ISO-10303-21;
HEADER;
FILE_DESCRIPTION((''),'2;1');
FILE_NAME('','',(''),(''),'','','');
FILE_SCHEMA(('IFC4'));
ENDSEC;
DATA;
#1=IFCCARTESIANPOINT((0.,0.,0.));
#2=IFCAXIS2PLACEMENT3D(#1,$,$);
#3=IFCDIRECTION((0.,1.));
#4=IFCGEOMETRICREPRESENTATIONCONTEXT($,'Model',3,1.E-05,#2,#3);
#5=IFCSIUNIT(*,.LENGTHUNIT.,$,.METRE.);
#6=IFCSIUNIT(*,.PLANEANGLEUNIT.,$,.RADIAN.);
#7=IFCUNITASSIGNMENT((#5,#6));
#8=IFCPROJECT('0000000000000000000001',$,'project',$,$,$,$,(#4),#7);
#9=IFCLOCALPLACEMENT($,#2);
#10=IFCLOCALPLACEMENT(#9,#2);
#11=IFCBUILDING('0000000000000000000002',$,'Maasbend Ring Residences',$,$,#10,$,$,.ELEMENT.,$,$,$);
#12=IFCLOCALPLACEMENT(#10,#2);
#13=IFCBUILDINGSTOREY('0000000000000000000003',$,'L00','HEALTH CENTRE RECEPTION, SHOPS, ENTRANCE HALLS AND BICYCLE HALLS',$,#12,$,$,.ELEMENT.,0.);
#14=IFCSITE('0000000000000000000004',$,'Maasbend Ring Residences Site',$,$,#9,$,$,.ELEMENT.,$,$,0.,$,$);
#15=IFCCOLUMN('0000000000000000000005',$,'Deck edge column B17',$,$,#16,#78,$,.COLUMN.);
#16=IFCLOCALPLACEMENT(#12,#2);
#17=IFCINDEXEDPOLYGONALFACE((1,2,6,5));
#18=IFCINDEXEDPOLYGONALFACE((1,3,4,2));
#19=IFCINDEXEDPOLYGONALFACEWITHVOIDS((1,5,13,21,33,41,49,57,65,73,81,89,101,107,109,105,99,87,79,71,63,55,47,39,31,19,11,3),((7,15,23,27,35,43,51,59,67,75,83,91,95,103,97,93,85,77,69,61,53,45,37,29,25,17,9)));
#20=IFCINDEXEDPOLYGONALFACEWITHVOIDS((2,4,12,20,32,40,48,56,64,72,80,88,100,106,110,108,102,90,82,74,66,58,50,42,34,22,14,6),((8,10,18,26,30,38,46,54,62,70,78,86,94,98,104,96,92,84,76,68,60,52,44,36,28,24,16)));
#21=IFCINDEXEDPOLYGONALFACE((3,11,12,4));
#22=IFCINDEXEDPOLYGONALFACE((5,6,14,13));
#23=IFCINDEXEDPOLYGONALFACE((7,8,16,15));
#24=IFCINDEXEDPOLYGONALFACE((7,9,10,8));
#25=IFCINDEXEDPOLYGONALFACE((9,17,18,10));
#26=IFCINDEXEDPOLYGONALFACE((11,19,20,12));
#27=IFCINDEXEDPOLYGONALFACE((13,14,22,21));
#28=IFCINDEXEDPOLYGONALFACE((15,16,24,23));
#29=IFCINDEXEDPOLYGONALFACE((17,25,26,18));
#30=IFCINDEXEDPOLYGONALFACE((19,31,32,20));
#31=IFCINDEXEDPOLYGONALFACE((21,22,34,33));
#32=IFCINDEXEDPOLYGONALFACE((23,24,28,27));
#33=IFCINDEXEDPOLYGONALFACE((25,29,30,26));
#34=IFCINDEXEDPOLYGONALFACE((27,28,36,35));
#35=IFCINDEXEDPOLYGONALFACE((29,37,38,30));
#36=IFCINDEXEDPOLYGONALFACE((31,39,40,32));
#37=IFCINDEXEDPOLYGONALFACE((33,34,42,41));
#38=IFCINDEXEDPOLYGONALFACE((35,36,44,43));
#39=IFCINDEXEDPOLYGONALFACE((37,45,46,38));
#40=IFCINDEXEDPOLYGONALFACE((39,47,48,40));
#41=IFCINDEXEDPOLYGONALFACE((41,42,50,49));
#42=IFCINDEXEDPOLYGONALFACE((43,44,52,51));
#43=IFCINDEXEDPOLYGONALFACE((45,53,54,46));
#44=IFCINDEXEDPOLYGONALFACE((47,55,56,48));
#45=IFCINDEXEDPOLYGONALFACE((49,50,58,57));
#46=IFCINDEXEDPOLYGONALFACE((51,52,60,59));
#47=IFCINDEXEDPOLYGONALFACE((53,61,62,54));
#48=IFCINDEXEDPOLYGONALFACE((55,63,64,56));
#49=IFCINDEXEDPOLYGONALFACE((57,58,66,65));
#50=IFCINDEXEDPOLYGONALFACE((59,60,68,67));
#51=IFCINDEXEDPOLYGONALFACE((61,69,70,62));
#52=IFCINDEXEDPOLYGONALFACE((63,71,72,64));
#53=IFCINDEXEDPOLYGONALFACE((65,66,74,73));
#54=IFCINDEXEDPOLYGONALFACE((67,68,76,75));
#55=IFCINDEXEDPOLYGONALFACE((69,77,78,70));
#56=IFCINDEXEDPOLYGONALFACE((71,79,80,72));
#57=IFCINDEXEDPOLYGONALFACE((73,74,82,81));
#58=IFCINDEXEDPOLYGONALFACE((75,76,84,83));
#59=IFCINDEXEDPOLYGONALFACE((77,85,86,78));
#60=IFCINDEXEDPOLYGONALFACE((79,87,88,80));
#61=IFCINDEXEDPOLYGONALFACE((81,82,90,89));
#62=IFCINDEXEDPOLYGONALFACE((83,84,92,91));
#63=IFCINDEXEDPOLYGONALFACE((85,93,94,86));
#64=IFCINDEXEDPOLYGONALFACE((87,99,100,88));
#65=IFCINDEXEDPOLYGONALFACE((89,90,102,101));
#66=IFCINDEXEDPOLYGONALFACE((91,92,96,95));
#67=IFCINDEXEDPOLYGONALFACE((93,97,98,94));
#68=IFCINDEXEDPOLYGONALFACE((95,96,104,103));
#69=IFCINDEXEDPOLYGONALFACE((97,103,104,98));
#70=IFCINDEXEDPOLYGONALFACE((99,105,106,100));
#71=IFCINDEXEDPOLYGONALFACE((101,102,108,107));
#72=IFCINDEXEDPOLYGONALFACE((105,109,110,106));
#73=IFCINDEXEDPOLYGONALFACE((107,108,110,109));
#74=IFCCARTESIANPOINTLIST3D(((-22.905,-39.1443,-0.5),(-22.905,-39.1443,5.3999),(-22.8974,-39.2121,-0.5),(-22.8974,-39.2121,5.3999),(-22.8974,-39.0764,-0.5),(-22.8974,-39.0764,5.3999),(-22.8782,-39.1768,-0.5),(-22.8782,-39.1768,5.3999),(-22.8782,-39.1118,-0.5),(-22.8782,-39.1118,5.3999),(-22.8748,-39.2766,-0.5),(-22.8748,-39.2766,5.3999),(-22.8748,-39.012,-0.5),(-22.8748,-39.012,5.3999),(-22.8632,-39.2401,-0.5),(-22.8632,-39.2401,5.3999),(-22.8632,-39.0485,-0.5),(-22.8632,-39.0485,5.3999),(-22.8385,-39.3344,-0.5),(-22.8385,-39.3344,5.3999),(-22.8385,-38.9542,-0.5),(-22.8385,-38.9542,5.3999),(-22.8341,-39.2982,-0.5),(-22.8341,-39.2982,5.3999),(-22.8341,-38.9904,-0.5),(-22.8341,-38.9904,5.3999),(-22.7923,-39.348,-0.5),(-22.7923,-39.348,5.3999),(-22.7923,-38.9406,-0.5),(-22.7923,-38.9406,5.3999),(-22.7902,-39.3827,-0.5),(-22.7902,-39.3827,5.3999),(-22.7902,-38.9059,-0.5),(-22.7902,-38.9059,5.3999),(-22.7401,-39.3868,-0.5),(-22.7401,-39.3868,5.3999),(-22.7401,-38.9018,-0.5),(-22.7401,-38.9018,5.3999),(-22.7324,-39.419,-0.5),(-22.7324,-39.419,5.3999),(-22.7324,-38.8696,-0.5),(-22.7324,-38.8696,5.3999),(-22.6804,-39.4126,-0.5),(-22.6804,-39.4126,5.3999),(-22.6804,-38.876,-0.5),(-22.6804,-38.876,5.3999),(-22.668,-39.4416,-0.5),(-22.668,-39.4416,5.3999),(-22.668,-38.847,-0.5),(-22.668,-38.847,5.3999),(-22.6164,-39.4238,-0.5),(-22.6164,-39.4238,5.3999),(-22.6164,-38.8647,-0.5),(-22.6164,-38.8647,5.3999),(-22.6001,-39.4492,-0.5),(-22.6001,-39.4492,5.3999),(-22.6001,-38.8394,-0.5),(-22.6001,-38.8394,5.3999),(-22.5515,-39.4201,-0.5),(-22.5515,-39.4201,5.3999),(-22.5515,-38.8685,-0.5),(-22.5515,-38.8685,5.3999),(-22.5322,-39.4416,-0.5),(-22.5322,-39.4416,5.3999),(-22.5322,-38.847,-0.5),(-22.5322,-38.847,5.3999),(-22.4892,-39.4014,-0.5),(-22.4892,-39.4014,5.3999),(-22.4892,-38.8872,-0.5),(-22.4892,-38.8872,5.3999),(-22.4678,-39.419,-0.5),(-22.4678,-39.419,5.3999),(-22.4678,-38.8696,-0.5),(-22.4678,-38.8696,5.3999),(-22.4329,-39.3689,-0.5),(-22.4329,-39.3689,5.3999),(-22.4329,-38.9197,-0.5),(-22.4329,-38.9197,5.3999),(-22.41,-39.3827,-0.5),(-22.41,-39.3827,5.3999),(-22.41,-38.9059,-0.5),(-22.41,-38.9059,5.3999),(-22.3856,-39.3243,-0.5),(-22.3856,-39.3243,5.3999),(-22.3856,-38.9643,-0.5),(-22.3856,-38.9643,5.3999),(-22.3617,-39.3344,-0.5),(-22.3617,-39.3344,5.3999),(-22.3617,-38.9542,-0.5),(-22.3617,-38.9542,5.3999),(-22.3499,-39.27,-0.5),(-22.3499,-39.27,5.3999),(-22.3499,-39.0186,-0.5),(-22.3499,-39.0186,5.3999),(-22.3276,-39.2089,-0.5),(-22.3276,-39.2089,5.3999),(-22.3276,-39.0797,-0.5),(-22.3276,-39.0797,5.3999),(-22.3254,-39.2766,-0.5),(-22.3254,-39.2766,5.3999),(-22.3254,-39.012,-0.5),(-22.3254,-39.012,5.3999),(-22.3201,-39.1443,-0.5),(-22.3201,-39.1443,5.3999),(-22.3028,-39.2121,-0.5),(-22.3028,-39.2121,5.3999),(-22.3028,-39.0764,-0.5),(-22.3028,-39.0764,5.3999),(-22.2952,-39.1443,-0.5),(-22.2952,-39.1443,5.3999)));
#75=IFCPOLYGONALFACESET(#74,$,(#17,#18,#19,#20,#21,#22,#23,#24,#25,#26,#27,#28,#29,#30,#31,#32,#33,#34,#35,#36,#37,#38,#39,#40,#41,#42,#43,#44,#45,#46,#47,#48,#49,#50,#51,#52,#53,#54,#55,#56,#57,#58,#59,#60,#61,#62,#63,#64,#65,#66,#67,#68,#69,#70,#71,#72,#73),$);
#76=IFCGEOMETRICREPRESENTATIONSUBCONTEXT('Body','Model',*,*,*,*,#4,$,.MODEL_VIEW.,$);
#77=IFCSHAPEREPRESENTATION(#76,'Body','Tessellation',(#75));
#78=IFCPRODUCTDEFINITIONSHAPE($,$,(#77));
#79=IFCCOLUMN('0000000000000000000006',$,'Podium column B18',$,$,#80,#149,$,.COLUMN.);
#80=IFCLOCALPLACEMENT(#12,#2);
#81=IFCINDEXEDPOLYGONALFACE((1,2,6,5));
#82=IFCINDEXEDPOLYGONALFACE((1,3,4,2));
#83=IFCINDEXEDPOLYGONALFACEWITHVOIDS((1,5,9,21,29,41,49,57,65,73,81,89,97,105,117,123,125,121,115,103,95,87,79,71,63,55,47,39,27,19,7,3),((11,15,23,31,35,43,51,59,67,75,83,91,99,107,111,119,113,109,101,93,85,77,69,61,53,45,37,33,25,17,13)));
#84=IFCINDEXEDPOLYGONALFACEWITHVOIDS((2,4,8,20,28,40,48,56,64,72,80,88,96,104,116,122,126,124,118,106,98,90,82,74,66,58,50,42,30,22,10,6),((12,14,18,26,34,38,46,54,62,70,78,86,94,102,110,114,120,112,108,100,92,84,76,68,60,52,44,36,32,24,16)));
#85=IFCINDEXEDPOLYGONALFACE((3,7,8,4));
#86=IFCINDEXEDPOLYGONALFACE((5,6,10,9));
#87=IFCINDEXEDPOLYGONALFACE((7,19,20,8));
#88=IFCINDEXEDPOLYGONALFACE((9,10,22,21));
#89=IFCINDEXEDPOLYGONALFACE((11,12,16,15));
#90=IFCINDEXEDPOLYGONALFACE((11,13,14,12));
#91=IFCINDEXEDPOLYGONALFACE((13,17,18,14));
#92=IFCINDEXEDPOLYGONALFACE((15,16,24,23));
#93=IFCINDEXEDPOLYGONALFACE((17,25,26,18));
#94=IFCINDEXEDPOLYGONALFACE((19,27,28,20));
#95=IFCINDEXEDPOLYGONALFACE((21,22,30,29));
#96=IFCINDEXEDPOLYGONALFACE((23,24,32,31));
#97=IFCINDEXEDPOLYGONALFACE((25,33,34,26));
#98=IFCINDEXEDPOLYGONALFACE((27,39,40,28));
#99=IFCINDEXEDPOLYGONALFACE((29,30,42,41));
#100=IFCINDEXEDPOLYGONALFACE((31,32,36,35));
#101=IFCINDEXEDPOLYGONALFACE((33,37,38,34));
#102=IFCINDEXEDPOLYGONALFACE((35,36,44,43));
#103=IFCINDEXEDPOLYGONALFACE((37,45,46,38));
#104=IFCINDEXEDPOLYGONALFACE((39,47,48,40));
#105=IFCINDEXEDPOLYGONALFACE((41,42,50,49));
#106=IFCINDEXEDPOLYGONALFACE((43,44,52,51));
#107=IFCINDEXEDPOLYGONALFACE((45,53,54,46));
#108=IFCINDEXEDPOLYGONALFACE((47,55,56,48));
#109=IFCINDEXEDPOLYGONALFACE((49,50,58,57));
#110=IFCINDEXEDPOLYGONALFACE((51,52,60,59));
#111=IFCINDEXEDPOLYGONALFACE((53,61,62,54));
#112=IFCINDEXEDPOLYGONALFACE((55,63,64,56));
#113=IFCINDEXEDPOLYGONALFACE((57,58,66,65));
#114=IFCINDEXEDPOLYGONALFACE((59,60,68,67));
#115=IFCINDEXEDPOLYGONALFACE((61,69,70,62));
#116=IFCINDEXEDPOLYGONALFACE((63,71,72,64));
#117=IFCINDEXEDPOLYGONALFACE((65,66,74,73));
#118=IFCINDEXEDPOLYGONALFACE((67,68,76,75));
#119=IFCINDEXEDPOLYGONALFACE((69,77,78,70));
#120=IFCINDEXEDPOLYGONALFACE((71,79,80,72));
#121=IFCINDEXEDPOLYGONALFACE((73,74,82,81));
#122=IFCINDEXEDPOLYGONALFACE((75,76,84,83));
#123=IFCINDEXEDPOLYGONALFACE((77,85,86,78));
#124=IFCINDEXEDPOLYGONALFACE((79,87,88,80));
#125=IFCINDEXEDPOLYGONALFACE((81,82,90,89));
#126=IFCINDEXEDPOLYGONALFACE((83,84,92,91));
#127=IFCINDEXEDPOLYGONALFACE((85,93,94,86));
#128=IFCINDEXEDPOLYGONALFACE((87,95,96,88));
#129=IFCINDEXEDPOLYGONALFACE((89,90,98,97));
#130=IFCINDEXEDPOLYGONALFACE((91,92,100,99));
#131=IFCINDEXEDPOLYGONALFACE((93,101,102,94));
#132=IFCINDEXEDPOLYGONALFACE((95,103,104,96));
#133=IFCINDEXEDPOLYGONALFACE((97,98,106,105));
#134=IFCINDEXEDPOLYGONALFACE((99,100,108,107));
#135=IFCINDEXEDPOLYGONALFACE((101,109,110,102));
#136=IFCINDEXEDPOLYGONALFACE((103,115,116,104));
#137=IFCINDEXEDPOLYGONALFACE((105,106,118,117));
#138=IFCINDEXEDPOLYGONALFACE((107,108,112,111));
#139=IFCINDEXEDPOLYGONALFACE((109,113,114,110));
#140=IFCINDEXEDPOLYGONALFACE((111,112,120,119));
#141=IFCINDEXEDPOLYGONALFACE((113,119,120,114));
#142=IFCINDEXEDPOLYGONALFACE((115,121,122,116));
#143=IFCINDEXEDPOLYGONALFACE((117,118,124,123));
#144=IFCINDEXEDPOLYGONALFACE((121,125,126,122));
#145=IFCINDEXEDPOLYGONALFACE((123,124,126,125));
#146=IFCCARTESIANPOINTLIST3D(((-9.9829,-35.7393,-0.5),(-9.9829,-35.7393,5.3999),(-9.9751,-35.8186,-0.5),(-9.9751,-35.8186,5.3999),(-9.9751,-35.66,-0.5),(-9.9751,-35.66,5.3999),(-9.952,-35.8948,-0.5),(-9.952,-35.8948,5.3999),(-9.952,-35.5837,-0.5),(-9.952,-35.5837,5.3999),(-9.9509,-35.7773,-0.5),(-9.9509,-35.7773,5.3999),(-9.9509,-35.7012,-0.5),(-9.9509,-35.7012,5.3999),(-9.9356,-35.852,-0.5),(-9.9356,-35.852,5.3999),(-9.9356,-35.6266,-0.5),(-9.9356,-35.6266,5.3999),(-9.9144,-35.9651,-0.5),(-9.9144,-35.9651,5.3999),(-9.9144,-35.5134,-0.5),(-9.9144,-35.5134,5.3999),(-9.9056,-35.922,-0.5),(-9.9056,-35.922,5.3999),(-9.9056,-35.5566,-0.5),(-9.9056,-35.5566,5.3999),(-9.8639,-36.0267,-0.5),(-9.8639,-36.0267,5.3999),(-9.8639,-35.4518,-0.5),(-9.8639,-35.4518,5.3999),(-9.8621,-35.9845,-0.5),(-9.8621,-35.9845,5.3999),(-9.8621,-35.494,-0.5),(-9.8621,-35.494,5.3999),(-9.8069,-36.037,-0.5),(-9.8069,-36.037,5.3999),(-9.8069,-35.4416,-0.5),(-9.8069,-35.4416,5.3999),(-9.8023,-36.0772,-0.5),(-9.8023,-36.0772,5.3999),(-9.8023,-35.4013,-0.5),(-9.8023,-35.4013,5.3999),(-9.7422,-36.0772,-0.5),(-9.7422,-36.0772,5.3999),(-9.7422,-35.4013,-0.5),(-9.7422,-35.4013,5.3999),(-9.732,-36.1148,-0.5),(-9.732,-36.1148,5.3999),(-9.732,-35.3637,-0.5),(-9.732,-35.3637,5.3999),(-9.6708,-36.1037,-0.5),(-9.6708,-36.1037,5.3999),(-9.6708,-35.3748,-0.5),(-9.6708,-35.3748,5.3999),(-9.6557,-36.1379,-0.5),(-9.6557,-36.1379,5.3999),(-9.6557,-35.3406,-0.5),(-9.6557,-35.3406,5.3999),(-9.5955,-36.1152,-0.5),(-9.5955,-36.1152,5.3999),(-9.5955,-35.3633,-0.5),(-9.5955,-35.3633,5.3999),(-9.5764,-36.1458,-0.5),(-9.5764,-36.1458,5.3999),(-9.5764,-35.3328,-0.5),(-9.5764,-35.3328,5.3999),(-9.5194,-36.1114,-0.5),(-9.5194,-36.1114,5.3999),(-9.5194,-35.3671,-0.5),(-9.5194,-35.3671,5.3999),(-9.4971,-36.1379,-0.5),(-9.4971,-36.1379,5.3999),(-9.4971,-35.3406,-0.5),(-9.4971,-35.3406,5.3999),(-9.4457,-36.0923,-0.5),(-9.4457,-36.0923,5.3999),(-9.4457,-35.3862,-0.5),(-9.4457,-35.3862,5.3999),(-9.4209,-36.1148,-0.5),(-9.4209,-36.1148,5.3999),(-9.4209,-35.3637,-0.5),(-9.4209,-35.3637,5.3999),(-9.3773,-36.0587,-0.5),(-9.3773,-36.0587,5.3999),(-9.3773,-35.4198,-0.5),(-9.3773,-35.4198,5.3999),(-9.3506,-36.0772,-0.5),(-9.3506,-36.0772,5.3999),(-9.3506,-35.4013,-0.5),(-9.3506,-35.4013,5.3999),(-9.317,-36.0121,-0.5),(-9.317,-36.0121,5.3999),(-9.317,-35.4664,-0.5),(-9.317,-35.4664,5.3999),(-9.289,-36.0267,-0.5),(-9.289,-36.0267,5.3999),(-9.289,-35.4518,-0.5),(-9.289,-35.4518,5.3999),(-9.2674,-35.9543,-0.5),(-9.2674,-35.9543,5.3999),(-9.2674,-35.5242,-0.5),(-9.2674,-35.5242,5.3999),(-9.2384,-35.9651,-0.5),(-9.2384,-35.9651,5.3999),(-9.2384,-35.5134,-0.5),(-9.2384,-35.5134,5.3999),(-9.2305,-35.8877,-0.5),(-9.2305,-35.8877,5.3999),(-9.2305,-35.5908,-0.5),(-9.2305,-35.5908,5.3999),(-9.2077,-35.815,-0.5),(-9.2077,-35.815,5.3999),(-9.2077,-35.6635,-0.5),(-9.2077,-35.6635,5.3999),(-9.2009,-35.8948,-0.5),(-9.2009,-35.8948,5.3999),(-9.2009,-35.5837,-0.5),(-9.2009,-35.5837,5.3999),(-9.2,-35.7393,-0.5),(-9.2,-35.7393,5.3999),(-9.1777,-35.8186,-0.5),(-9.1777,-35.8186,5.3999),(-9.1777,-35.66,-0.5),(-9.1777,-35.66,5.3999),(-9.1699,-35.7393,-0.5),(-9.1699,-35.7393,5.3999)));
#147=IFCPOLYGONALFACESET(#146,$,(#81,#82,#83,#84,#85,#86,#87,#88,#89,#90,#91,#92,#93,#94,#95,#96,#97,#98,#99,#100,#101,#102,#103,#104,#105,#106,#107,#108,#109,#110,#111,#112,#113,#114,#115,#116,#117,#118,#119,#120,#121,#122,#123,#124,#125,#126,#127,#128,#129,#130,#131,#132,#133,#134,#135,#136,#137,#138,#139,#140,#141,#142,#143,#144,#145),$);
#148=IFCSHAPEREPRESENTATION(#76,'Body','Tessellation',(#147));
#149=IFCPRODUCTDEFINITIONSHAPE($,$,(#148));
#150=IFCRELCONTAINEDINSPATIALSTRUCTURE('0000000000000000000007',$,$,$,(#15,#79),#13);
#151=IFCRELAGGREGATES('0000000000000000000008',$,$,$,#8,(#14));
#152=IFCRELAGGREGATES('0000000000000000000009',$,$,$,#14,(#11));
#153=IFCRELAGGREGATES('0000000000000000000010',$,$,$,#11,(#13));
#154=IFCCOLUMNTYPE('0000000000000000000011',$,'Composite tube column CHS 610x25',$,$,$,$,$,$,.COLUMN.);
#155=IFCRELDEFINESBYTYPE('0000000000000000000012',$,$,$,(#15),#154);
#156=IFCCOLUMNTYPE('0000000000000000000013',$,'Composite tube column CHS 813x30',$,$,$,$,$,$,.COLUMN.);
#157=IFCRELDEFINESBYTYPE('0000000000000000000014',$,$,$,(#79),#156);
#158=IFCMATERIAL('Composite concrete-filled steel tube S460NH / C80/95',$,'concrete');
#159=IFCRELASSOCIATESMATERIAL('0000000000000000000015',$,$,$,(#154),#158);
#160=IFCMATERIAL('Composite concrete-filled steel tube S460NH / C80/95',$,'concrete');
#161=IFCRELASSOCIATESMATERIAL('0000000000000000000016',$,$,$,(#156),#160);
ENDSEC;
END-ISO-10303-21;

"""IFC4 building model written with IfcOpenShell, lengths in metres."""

from ifc_helpers import new_model, si_unit, direction, frame, origin, origin_2d, place, context, subcontext, project, spatial, hollow_circle, extrude, material, material_profile, profile_set, type_object, element, save


model = new_model("IFC4")

# Units and contexts
model_context = context("Model", 3, precision=1e-05, world=origin(), true_north=direction((0.0, 1.0)))
body_context = subcontext(model_context, "Body", "Model", "MODEL_VIEW")
ifc_project = project(units=[si_unit("LENGTHUNIT", "METRE"), si_unit("PLANEANGLEUNIT", "RADIAN")], contexts=[model_context])

# Site, building, storey
site_placement = place(None, origin())
site = spatial("IfcSite", under=ifc_project, at=site_placement, Name="Maasbend Ring Residences Site", CompositionType="ELEMENT", RefElevation=0.0)
building_placement = place(site_placement, origin())
building = spatial("IfcBuilding", under=site, at=building_placement, Name="Maasbend Ring Residences", CompositionType="ELEMENT")
storey_placement = place(building_placement, origin())
storey = spatial("IfcBuildingStorey", under=building, at=storey_placement, Name="L00", Description="HEALTH CENTRE RECEPTION, SHOPS, ENTRANCE HALLS AND BICYCLE HALLS", CompositionType="ELEMENT", Elevation=0.0)

# Columns
ifc_material_1 = material(Name="Composite concrete-filled steel tube S460NH / C80/95", Category="concrete")
ifc_material_profile_1 = material_profile(ifc_material_1, hollow_circle(Radius=0.3049, WallThickness=0.0249, at=origin_2d()), Name="Composite tube column CHS 610x25")
ifc_profile_set_1 = profile_set([ifc_material_profile_1], Name="Composite concrete-filled steel tube S460NH / C80/95")
column_type_1 = type_object("IfcColumnType", Name="Composite tube column CHS 610x25", PredefinedType="COLUMN", material=ifc_profile_set_1)
column_placement = place(storey_placement, frame((-22.6001, -39.1443, -0.5), z_axis=(0.0, 0.0, 1.0), x_axis=(1.0, 0.0, 0.0)))
element("IfcColumn", 1, at=column_placement, inside=storey, type_object=column_type_1, Name="Deck edge column B17", PredefinedType="COLUMN", context=body_context, shape_type="SweptSolid", body=[
    extrude(hollow_circle(Radius=0.3049, WallThickness=0.0249, at=origin_2d()), origin(), (0.0, 0.0, 1.0), 5.8999),
])
ifc_material_2 = material(Name="Composite concrete-filled steel tube S460NH / C80/95", Category="concrete")
ifc_material_profile_2 = material_profile(ifc_material_2, hollow_circle(Radius=0.4065, WallThickness=0.03, at=origin_2d()), Name="Composite tube column CHS 813x30")
ifc_profile_set_2 = profile_set([ifc_material_profile_2], Name="Composite concrete-filled steel tube S460NH / C80/95")
column_type_2 = type_object("IfcColumnType", Name="Composite tube column CHS 813x30", PredefinedType="COLUMN", material=ifc_profile_set_2)
for number, where, z_axis, x_axis, name in (
    (2, (-9.5764, -35.7393, -0.5), (0.0, 0.0, 1.0), (1.0, 0.0, 0.0), "Podium column B18"),
):
    element("IfcColumn", number, at=place(storey_placement, frame(where, z_axis=z_axis, x_axis=x_axis)), inside=storey, type_object=column_type_2, Name=name, PredefinedType="COLUMN", context=body_context, shape_type="SweptSolid", body=[
        extrude(hollow_circle(Radius=0.4065, WallThickness=0.03, at=origin_2d()), origin(), (0.0, 0.0, 1.0), 5.8999),
    ])

save(model, "model.ifc")
